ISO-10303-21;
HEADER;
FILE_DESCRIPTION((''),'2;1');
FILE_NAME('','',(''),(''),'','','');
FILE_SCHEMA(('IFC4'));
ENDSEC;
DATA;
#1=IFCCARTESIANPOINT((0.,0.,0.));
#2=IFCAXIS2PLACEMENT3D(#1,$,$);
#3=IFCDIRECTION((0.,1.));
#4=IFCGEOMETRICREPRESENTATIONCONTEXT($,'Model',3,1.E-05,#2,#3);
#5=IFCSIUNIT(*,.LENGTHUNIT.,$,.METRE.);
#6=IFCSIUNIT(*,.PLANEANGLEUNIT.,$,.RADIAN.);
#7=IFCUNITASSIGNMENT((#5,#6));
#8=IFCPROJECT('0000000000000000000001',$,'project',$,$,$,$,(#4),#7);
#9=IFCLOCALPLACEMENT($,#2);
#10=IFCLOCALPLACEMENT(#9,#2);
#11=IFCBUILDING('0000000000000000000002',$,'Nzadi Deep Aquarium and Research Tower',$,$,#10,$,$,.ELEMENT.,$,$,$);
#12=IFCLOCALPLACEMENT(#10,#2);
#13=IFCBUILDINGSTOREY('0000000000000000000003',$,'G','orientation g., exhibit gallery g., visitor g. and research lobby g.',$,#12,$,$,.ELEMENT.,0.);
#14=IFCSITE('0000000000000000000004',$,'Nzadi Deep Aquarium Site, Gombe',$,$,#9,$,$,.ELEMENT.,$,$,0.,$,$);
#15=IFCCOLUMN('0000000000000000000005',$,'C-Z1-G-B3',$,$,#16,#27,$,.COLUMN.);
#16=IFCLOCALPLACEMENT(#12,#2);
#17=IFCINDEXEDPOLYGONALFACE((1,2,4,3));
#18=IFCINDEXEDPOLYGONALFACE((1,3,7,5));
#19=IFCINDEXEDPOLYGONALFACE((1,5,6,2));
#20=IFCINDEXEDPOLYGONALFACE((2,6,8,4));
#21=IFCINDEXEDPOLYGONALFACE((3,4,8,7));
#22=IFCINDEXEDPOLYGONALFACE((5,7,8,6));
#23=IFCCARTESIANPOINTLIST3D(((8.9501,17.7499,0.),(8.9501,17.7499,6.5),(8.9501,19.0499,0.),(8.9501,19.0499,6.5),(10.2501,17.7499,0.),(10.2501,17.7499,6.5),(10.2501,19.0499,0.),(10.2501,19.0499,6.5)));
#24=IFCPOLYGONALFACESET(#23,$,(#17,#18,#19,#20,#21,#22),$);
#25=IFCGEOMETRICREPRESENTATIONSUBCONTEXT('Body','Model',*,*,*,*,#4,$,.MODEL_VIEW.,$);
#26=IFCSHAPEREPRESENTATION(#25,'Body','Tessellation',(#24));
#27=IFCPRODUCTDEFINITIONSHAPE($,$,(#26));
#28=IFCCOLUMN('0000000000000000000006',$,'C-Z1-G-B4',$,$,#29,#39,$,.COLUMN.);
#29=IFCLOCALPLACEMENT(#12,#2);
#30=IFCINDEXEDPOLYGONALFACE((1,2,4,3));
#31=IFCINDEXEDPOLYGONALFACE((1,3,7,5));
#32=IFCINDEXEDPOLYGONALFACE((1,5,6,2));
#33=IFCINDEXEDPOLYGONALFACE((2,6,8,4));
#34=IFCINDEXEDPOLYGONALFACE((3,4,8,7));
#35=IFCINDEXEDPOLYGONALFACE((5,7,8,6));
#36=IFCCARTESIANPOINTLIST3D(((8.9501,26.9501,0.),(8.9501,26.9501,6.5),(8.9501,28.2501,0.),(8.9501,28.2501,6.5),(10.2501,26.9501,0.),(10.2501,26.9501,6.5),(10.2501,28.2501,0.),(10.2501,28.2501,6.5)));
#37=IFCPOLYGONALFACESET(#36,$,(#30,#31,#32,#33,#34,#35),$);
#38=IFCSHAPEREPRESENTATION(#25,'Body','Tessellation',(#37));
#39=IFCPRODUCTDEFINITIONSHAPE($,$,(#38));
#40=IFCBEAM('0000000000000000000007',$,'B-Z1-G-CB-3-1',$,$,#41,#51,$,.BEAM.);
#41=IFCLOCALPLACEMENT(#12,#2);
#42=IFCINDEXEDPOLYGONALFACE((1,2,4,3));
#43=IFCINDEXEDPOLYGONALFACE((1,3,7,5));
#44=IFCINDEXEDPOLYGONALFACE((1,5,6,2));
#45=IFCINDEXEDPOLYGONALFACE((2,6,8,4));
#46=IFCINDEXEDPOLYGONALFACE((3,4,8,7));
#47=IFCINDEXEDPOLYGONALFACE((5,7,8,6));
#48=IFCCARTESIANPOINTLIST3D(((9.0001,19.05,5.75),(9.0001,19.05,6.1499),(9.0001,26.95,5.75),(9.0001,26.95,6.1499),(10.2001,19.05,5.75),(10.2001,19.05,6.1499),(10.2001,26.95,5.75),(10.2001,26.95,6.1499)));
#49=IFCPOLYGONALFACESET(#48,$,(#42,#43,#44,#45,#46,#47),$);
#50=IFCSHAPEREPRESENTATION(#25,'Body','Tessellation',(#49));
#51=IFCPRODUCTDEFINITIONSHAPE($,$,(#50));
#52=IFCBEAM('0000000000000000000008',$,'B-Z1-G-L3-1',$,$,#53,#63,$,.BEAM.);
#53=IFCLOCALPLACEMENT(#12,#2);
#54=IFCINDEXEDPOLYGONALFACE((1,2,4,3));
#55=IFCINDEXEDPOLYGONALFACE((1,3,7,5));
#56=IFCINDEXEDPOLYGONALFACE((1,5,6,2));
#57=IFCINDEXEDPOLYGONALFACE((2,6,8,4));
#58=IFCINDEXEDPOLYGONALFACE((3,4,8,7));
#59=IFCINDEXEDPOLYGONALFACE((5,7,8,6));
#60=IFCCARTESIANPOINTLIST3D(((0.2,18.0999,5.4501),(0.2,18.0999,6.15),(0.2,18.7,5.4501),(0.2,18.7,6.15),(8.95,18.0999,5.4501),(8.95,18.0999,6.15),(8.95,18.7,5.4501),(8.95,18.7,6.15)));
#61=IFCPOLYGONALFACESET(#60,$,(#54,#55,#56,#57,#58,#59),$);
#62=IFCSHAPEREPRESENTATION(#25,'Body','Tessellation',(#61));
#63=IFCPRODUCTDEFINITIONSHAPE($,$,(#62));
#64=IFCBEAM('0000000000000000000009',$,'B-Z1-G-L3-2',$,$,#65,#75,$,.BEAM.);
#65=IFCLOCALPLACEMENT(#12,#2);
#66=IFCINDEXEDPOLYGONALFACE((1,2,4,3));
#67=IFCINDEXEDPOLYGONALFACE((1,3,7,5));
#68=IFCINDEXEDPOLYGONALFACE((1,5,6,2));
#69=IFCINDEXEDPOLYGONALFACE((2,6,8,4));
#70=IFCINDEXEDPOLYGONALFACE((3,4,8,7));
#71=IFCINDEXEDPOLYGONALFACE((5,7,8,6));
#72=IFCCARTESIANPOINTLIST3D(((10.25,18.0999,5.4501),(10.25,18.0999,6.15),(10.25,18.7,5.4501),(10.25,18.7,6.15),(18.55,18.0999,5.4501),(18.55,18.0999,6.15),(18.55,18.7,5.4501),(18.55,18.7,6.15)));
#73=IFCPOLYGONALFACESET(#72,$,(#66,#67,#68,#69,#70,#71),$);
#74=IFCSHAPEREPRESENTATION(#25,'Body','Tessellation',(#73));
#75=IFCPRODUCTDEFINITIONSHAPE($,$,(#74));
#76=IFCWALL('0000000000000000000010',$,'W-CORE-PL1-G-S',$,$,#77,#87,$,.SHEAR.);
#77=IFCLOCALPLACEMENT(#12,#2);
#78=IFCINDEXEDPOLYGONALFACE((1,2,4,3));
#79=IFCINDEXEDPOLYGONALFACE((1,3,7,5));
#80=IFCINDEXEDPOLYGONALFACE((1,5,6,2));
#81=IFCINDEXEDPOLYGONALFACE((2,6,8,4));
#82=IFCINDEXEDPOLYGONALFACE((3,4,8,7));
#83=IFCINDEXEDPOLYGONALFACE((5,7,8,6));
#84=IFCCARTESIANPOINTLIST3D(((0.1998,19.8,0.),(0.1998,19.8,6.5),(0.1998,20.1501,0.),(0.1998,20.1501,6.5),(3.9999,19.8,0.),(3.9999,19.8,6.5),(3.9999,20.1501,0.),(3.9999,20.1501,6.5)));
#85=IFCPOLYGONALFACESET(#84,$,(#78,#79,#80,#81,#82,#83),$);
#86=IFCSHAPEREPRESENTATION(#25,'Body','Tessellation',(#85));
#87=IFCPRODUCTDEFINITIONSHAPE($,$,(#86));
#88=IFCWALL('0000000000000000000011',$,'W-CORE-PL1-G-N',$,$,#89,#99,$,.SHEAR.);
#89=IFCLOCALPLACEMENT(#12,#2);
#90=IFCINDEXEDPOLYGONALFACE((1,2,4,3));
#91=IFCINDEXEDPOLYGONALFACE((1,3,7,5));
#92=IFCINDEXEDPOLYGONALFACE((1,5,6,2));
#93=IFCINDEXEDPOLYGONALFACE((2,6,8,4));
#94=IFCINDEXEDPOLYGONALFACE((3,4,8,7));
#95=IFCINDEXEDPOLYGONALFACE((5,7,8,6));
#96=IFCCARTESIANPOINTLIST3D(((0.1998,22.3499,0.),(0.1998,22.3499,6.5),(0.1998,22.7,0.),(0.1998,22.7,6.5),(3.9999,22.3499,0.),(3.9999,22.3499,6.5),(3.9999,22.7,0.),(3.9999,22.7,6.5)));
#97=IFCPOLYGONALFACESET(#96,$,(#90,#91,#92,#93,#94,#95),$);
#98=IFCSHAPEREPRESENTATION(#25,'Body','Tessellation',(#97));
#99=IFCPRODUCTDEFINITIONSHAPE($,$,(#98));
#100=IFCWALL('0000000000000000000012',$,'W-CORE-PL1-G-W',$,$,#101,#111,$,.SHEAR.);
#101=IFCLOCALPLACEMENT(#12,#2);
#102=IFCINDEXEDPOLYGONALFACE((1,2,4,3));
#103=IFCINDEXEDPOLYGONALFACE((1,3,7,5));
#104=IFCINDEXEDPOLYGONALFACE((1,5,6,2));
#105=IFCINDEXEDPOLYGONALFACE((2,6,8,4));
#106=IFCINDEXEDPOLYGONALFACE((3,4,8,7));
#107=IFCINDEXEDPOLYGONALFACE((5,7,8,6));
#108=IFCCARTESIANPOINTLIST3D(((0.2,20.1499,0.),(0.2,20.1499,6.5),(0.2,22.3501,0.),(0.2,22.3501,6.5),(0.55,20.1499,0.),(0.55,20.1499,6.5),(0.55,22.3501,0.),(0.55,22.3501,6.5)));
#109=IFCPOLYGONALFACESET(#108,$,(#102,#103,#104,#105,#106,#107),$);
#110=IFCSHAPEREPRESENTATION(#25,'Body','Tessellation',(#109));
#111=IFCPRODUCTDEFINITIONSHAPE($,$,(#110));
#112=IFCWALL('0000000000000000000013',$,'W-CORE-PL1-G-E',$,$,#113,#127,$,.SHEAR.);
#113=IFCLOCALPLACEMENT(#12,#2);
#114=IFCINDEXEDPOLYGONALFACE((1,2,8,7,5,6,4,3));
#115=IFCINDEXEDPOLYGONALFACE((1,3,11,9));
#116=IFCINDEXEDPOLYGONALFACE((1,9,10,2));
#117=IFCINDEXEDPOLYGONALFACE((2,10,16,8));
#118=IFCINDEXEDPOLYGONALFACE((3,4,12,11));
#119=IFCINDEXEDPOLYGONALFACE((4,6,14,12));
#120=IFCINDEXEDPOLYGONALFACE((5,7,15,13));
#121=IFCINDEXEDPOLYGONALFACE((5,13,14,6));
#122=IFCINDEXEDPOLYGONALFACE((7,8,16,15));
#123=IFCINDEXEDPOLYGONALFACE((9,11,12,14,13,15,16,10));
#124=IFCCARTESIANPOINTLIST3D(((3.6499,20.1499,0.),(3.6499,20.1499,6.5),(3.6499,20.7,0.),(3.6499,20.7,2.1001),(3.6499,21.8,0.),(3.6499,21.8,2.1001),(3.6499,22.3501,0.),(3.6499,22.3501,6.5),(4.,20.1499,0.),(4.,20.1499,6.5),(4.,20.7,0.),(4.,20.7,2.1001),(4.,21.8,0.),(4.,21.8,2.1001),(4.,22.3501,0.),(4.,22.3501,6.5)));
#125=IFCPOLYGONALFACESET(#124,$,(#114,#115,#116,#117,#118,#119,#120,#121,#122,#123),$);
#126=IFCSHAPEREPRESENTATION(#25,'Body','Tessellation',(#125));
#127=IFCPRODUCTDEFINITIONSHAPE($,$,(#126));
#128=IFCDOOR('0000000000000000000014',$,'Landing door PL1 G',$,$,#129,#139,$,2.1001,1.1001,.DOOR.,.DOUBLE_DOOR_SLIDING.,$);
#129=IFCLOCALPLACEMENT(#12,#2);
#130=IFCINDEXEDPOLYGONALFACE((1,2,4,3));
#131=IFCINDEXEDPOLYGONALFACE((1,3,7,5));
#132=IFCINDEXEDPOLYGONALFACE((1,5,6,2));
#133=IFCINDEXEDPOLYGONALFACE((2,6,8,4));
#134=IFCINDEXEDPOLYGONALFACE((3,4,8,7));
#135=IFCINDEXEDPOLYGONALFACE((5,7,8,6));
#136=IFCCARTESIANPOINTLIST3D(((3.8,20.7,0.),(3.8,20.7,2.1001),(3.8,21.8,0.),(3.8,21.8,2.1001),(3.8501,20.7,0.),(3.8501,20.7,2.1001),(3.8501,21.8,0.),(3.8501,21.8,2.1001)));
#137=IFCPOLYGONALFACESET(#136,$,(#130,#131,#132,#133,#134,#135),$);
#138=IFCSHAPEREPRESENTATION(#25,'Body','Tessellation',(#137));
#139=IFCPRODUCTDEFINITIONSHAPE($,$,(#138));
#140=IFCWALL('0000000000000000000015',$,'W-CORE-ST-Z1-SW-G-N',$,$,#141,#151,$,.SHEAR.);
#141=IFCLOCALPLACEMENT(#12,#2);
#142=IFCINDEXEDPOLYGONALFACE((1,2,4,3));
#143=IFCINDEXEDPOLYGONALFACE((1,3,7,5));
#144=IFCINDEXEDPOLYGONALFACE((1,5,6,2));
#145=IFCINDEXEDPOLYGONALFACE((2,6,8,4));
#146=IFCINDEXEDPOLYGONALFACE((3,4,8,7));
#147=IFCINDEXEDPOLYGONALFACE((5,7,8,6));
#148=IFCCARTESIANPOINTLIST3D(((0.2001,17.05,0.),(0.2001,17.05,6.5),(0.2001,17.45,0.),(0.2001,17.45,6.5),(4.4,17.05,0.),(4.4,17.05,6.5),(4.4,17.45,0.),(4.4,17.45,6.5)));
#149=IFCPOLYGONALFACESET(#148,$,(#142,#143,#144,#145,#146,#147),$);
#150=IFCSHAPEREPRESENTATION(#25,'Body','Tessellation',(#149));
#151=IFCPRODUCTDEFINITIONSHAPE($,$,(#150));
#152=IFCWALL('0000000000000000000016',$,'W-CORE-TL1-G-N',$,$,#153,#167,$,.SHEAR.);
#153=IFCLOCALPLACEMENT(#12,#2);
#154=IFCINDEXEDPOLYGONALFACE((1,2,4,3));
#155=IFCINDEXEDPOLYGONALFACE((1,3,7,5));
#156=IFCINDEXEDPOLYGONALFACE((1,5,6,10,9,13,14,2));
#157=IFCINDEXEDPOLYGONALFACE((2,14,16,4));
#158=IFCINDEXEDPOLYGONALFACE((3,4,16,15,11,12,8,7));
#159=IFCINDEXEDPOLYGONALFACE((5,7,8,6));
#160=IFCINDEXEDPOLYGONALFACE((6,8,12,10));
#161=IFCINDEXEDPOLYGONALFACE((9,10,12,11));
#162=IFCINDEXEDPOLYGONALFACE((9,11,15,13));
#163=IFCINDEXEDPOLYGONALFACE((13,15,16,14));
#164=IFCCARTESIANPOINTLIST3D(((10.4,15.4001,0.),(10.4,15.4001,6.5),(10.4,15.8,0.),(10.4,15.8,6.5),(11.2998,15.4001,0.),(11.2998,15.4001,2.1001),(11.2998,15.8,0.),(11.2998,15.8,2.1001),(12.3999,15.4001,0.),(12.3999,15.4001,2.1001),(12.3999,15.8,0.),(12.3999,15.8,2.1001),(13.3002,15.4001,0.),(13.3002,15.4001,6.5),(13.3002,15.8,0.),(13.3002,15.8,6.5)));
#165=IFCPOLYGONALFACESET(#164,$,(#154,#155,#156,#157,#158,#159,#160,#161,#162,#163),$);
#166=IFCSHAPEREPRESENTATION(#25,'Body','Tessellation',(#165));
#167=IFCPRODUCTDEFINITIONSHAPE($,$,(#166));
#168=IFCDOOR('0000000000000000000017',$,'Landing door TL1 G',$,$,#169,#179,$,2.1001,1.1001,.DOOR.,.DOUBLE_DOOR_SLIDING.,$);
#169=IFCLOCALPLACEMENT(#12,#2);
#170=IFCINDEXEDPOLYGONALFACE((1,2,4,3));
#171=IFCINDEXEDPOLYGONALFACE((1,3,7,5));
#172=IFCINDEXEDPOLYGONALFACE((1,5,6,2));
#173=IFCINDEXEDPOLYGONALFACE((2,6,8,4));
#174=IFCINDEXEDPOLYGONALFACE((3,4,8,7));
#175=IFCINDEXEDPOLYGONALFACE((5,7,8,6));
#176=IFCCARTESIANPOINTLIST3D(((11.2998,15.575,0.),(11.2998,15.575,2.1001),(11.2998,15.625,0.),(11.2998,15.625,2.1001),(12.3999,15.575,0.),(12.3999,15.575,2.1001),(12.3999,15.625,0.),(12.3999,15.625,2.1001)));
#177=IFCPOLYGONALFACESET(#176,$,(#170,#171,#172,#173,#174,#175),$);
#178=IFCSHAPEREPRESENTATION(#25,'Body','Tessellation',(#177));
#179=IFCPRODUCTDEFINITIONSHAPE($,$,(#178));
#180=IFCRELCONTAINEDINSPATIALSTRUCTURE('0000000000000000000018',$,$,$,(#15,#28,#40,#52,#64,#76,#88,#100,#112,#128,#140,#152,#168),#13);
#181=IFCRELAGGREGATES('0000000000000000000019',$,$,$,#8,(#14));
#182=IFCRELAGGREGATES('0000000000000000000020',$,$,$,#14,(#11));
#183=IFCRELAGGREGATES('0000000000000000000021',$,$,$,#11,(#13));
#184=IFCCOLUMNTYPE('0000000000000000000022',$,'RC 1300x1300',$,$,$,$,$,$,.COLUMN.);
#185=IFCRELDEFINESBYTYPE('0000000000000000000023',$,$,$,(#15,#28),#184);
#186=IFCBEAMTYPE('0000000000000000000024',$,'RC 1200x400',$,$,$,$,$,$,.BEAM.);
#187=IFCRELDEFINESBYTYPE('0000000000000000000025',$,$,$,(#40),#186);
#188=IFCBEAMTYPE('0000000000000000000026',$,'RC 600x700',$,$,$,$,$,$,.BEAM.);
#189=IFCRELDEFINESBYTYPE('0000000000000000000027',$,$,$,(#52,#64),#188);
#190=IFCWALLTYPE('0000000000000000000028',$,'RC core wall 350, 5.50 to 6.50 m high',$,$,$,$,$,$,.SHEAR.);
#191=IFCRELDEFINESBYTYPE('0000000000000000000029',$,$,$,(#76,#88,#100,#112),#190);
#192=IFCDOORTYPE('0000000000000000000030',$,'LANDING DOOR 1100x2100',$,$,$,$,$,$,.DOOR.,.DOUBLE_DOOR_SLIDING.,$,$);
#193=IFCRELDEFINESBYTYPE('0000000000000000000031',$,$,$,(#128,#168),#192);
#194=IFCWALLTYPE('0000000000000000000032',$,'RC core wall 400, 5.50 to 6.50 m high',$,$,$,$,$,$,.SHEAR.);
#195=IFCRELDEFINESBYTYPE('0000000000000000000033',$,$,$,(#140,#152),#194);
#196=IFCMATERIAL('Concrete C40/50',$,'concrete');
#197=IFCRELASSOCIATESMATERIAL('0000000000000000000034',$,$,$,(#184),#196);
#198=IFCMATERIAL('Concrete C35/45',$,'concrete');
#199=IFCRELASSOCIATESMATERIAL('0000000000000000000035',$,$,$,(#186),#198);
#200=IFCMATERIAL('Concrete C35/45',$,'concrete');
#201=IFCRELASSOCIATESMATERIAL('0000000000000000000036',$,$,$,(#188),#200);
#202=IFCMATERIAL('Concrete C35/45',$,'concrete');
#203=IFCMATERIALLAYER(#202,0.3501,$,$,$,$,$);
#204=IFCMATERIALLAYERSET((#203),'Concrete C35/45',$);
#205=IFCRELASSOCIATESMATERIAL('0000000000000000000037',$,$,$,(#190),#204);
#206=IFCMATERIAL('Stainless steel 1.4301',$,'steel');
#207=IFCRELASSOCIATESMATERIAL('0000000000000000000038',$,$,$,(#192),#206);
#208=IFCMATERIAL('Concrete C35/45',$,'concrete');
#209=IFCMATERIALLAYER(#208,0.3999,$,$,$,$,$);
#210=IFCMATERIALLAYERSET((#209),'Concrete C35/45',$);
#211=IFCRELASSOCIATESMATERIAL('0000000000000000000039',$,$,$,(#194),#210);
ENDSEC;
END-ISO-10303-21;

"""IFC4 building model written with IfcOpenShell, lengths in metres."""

from ifc_helpers import new_model, si_unit, direction, frame, frame_2d, origin, origin_2d, place, context, subcontext, project, spatial, rectangle, extrude, material, layer, layer_set, material_profile, profile_set, type_object, element, fill, save


model = new_model("IFC4")

# Units and contexts
model_context = context("Model", 3, precision=1e-05, world=origin(), true_north=direction((0.0, 1.0)))
body_context = subcontext(model_context, "Body", "Model", "MODEL_VIEW")
ifc_project = project(units=[si_unit("LENGTHUNIT", "METRE"), si_unit("PLANEANGLEUNIT", "RADIAN")], contexts=[model_context])

# Site, building, storey
site_placement = place(None, origin())
site = spatial("IfcSite", under=ifc_project, at=site_placement, Name="Nzadi Deep Aquarium Site, Gombe", CompositionType="ELEMENT", RefElevation=0.0)
building_placement = place(site_placement, origin())
building = spatial("IfcBuilding", under=site, at=building_placement, Name="Nzadi Deep Aquarium and Research Tower", CompositionType="ELEMENT")
storey_placement = place(building_placement, origin())
storey = spatial("IfcBuildingStorey", under=building, at=storey_placement, Name="G", Description="orientation g., exhibit gallery g., visitor g. and research lobby g.", CompositionType="ELEMENT", Elevation=0.0)

# Columns
ifc_material_1 = material(Name="Concrete C40/50", Category="concrete")
ifc_material_profile_1 = material_profile(ifc_material_1, rectangle(XDim=1.3, YDim=1.3, at=origin_2d()))
ifc_profile_set_1 = profile_set([ifc_material_profile_1], Name="Concrete C40/50")
column_type = type_object("IfcColumnType", Name="RC 1300x1300", PredefinedType="COLUMN", material=ifc_profile_set_1)
for number, where, z_axis, x_axis, name in (
    (1, (9.6001, 18.3999, 0.0), (0.0, 0.0, 1.0), (1.0, 0.0, 0.0), "C-Z1-G-B3"),
    (2, (9.6001, 27.6001, 0.0), (0.0, 0.0, 1.0), (1.0, 0.0, 0.0), "C-Z1-G-B4"),
):
    element("IfcColumn", number, at=place(storey_placement, frame(where, z_axis=z_axis, x_axis=x_axis)), inside=storey, type_object=column_type, Name=name, PredefinedType="COLUMN", context=body_context, shape_type="SweptSolid", body=[
        extrude(rectangle(XDim=1.3, YDim=1.3, at=origin_2d()), origin(), (0.0, 0.0, 1.0), 6.5),
    ])

# Beams
ifc_material_2 = material(Name="Concrete C35/45", Category="concrete")
ifc_material_profile_2 = material_profile(ifc_material_2, rectangle(XDim=1.2, YDim=0.3999, at=origin_2d()))
ifc_profile_set_2 = profile_set([ifc_material_profile_2], Name="Concrete C35/45")
beam_type_1 = type_object("IfcBeamType", Name="RC 1200x400", PredefinedType="BEAM", material=ifc_profile_set_2)
beam_1_placement = place(storey_placement, frame((9.6001, 19.05, 5.95), z_axis=(0.0, 1.0, 0.0), x_axis=(-1.0, 0.0, 0.0)))
element("IfcBeam", 3, at=beam_1_placement, inside=storey, type_object=beam_type_1, Name="B-Z1-G-CB-3-1", PredefinedType="BEAM", context=body_context, shape_type="SweptSolid", body=[
    extrude(rectangle(XDim=1.2, YDim=0.3999, at=origin_2d()), origin(), (0.0, 0.0, 1.0), 7.8999),
])
ifc_material_3 = material(Name="Concrete C35/45", Category="concrete")
ifc_material_profile_3 = material_profile(ifc_material_3, rectangle(XDim=0.6001, YDim=0.7, at=origin_2d()))
ifc_profile_set_3 = profile_set([ifc_material_profile_3], Name="Concrete C35/45")
beam_type_2 = type_object("IfcBeamType", Name="RC 600x700", PredefinedType="BEAM", material=ifc_profile_set_3)
beam_2_placement = place(storey_placement, frame((0.2, 18.3999, 5.8), z_axis=(1.0, 0.0, 0.0), x_axis=(0.0, 1.0, 0.0)))
element("IfcBeam", 4, at=beam_2_placement, inside=storey, type_object=beam_type_2, Name="B-Z1-G-L3-1", PredefinedType="BEAM", context=body_context, shape_type="SweptSolid", body=[
    extrude(rectangle(XDim=0.6001, YDim=0.7, at=origin_2d()), origin(), (0.0, 0.0, 1.0), 8.75),
])
beam_3_placement = place(storey_placement, frame((10.25, 18.3999, 5.8), z_axis=(1.0, 0.0, 0.0), x_axis=(0.0, 1.0, 0.0)))
element("IfcBeam", 5, at=beam_3_placement, inside=storey, type_object=beam_type_2, Name="B-Z1-G-L3-2", PredefinedType="BEAM", context=body_context, shape_type="SweptSolid", body=[
    extrude(rectangle(XDim=0.6001, YDim=0.7, at=origin_2d()), origin(), (0.0, 0.0, 1.0), 8.3),
])

# Walls
ifc_material_4 = material(Name="Concrete C35/45", Category="concrete")
ifc_layer_1 = layer(ifc_material_4, 0.3501)
ifc_layer_set_1 = layer_set([ifc_layer_1], Name="Concrete C35/45")
wall_type_1 = type_object("IfcWallType", Name="RC core wall 350, 5.50 to 6.50 m high", PredefinedType="SHEAR", material=ifc_layer_set_1)
for number, where, z_axis, x_axis, name in (
    (6, (0.2, 19.9751, 0.0), (0.0, 0.0, 1.0), (1.0, 0.0, 0.0), "W-CORE-PL1-G-S"),
    (7, (0.2, 22.5249, 0.0), (0.0, 0.0, 1.0), (1.0, 0.0, 0.0), "W-CORE-PL1-G-N"),
):
    element("IfcWall", number, at=place(storey_placement, frame(where, z_axis=z_axis, x_axis=x_axis)), inside=storey, type_object=wall_type_1, Name=name, PredefinedType="SHEAR", context=body_context, shape_type="SweptSolid", body=[
        extrude(rectangle(XDim=3.8, YDim=0.3501, at=frame_2d((1.8999, 0.0))), origin(), (0.0, 0.0, 1.0), 6.5),
    ])
wall_1_placement = place(storey_placement, frame((0.375, 20.1499, 0.0), z_axis=(0.0, 0.0, 1.0), x_axis=(0.0, 1.0, 0.0)))
element("IfcWall", 8, at=wall_1_placement, inside=storey, type_object=wall_type_1, Name="W-CORE-PL1-G-W", PredefinedType="SHEAR", context=body_context, shape_type="SweptSolid", body=[
    extrude(rectangle(XDim=2.2002, YDim=0.3501, at=frame_2d((1.1001, 0.0))), origin(), (0.0, 0.0, 1.0), 6.5),
])

# Wall, opening, door
wall_2_placement = place(storey_placement, frame((3.825, 20.1499, 0.0), z_axis=(0.0, 0.0, 1.0), x_axis=(0.0, 1.0, 0.0)))
wall_2 = element("IfcWall", 9, at=wall_2_placement, inside=storey, type_object=wall_type_1, Name="W-CORE-PL1-G-E", PredefinedType="SHEAR", context=body_context, shape_type="SweptSolid", body=[
    extrude(rectangle(XDim=2.2002, YDim=0.3501, at=frame_2d((1.1001, 0.0))), origin(), (0.0, 0.0, 1.0), 6.5),
])
opening_1_placement = place(wall_2_placement, frame((0.55, 0.0, 0.0)))
opening_1 = element("IfcOpeningElement", 10, at=opening_1_placement, cuts=wall_2, PredefinedType="OPENING", context=body_context, shape_type="SweptSolid", body=[
    extrude(rectangle(XDim=1.1001, YDim=2.1001, at=frame_2d((0.55, 1.05))), frame((0.0, 0.1851, 0.0), z_axis=(0.0, -1.0, 0.0), x_axis=(1.0, 0.0, 0.0)), (0.0, 0.0, 1.0), 0.3701),
])
ifc_material_5 = material(Name="Stainless steel 1.4301", Category="steel")
door_type = type_object("IfcDoorType", Name="LANDING DOOR 1100x2100", OperationType="DOUBLE_DOOR_SLIDING", PredefinedType="DOOR", material=ifc_material_5)
door_1_placement = place(opening_1_placement, origin())
door_1 = element("IfcDoor", 11, at=door_1_placement, inside=storey, type_object=door_type, Name="Landing door PL1 G", OperationType="DOUBLE_DOOR_SLIDING", OverallHeight=2.1001, OverallWidth=1.1001, PredefinedType="DOOR", context=body_context, shape_type="SweptSolid", body=[
    extrude(rectangle(XDim=1.1001, YDim=2.1001, at=frame_2d((0.55, 1.05))), frame((0.0, 0.0249, 0.0), z_axis=(0.0, -1.0, 0.0), x_axis=(1.0, 0.0, 0.0)), (0.0, 0.0, 1.0), 0.05),
])
fill(opening_1, door_1)

# Wall
ifc_material_6 = material(Name="Concrete C35/45", Category="concrete")
ifc_layer_2 = layer(ifc_material_6, 0.3999)
ifc_layer_set_2 = layer_set([ifc_layer_2], Name="Concrete C35/45")
wall_type_2 = type_object("IfcWallType", Name="RC core wall 400, 5.50 to 6.50 m high", PredefinedType="SHEAR", material=ifc_layer_set_2)
wall_3_placement = place(storey_placement, frame((0.2, 17.25, 0.0), z_axis=(0.0, 0.0, 1.0), x_axis=(1.0, 0.0, 0.0)))
element("IfcWall", 12, at=wall_3_placement, inside=storey, type_object=wall_type_2, Name="W-CORE-ST-Z1-SW-G-N", PredefinedType="SHEAR", context=body_context, shape_type="SweptSolid", body=[
    extrude(rectangle(XDim=4.2, YDim=0.3999, at=frame_2d((2.1001, 0.0))), origin(), (0.0, 0.0, 1.0), 6.5),
])

# Wall, opening, door
wall_4_placement = place(storey_placement, frame((10.3999, 15.6001, 0.0), z_axis=(0.0, 0.0, 1.0), x_axis=(1.0, 0.0, 0.0)))
wall_4 = element("IfcWall", 13, at=wall_4_placement, inside=storey, type_object=wall_type_2, Name="W-CORE-TL1-G-N", PredefinedType="SHEAR", context=body_context, shape_type="SweptSolid", body=[
    extrude(rectangle(XDim=2.9001, YDim=0.3999, at=frame_2d((1.4502, 0.0))), origin(), (0.0, 0.0, 1.0), 6.5),
])
opening_2_placement = place(wall_4_placement, frame((0.8999, 0.0, 0.0)))
opening_2 = element("IfcOpeningElement", 14, at=opening_2_placement, cuts=wall_4, PredefinedType="OPENING", context=body_context, shape_type="SweptSolid", body=[
    extrude(rectangle(XDim=1.1001, YDim=2.1001, at=frame_2d((0.55, 1.05))), frame((0.0, 0.21, 0.0), z_axis=(0.0, -1.0, 0.0), x_axis=(1.0, 0.0, 0.0)), (0.0, 0.0, 1.0), 0.4199),
])
door_2_placement = place(opening_2_placement, origin())
door_2 = element("IfcDoor", 15, at=door_2_placement, inside=storey, type_object=door_type, Name="Landing door TL1 G", OperationType="DOUBLE_DOOR_SLIDING", OverallHeight=2.1001, OverallWidth=1.1001, PredefinedType="DOOR", context=body_context, shape_type="SweptSolid", body=[
    extrude(rectangle(XDim=1.1001, YDim=2.1001, at=frame_2d((0.55, 1.05))), frame((0.0, 0.0249, 0.0), z_axis=(0.0, -1.0, 0.0), x_axis=(1.0, 0.0, 0.0)), (0.0, 0.0, 1.0), 0.05),
])
fill(opening_2, door_2)

save(model, "model.ifc")
